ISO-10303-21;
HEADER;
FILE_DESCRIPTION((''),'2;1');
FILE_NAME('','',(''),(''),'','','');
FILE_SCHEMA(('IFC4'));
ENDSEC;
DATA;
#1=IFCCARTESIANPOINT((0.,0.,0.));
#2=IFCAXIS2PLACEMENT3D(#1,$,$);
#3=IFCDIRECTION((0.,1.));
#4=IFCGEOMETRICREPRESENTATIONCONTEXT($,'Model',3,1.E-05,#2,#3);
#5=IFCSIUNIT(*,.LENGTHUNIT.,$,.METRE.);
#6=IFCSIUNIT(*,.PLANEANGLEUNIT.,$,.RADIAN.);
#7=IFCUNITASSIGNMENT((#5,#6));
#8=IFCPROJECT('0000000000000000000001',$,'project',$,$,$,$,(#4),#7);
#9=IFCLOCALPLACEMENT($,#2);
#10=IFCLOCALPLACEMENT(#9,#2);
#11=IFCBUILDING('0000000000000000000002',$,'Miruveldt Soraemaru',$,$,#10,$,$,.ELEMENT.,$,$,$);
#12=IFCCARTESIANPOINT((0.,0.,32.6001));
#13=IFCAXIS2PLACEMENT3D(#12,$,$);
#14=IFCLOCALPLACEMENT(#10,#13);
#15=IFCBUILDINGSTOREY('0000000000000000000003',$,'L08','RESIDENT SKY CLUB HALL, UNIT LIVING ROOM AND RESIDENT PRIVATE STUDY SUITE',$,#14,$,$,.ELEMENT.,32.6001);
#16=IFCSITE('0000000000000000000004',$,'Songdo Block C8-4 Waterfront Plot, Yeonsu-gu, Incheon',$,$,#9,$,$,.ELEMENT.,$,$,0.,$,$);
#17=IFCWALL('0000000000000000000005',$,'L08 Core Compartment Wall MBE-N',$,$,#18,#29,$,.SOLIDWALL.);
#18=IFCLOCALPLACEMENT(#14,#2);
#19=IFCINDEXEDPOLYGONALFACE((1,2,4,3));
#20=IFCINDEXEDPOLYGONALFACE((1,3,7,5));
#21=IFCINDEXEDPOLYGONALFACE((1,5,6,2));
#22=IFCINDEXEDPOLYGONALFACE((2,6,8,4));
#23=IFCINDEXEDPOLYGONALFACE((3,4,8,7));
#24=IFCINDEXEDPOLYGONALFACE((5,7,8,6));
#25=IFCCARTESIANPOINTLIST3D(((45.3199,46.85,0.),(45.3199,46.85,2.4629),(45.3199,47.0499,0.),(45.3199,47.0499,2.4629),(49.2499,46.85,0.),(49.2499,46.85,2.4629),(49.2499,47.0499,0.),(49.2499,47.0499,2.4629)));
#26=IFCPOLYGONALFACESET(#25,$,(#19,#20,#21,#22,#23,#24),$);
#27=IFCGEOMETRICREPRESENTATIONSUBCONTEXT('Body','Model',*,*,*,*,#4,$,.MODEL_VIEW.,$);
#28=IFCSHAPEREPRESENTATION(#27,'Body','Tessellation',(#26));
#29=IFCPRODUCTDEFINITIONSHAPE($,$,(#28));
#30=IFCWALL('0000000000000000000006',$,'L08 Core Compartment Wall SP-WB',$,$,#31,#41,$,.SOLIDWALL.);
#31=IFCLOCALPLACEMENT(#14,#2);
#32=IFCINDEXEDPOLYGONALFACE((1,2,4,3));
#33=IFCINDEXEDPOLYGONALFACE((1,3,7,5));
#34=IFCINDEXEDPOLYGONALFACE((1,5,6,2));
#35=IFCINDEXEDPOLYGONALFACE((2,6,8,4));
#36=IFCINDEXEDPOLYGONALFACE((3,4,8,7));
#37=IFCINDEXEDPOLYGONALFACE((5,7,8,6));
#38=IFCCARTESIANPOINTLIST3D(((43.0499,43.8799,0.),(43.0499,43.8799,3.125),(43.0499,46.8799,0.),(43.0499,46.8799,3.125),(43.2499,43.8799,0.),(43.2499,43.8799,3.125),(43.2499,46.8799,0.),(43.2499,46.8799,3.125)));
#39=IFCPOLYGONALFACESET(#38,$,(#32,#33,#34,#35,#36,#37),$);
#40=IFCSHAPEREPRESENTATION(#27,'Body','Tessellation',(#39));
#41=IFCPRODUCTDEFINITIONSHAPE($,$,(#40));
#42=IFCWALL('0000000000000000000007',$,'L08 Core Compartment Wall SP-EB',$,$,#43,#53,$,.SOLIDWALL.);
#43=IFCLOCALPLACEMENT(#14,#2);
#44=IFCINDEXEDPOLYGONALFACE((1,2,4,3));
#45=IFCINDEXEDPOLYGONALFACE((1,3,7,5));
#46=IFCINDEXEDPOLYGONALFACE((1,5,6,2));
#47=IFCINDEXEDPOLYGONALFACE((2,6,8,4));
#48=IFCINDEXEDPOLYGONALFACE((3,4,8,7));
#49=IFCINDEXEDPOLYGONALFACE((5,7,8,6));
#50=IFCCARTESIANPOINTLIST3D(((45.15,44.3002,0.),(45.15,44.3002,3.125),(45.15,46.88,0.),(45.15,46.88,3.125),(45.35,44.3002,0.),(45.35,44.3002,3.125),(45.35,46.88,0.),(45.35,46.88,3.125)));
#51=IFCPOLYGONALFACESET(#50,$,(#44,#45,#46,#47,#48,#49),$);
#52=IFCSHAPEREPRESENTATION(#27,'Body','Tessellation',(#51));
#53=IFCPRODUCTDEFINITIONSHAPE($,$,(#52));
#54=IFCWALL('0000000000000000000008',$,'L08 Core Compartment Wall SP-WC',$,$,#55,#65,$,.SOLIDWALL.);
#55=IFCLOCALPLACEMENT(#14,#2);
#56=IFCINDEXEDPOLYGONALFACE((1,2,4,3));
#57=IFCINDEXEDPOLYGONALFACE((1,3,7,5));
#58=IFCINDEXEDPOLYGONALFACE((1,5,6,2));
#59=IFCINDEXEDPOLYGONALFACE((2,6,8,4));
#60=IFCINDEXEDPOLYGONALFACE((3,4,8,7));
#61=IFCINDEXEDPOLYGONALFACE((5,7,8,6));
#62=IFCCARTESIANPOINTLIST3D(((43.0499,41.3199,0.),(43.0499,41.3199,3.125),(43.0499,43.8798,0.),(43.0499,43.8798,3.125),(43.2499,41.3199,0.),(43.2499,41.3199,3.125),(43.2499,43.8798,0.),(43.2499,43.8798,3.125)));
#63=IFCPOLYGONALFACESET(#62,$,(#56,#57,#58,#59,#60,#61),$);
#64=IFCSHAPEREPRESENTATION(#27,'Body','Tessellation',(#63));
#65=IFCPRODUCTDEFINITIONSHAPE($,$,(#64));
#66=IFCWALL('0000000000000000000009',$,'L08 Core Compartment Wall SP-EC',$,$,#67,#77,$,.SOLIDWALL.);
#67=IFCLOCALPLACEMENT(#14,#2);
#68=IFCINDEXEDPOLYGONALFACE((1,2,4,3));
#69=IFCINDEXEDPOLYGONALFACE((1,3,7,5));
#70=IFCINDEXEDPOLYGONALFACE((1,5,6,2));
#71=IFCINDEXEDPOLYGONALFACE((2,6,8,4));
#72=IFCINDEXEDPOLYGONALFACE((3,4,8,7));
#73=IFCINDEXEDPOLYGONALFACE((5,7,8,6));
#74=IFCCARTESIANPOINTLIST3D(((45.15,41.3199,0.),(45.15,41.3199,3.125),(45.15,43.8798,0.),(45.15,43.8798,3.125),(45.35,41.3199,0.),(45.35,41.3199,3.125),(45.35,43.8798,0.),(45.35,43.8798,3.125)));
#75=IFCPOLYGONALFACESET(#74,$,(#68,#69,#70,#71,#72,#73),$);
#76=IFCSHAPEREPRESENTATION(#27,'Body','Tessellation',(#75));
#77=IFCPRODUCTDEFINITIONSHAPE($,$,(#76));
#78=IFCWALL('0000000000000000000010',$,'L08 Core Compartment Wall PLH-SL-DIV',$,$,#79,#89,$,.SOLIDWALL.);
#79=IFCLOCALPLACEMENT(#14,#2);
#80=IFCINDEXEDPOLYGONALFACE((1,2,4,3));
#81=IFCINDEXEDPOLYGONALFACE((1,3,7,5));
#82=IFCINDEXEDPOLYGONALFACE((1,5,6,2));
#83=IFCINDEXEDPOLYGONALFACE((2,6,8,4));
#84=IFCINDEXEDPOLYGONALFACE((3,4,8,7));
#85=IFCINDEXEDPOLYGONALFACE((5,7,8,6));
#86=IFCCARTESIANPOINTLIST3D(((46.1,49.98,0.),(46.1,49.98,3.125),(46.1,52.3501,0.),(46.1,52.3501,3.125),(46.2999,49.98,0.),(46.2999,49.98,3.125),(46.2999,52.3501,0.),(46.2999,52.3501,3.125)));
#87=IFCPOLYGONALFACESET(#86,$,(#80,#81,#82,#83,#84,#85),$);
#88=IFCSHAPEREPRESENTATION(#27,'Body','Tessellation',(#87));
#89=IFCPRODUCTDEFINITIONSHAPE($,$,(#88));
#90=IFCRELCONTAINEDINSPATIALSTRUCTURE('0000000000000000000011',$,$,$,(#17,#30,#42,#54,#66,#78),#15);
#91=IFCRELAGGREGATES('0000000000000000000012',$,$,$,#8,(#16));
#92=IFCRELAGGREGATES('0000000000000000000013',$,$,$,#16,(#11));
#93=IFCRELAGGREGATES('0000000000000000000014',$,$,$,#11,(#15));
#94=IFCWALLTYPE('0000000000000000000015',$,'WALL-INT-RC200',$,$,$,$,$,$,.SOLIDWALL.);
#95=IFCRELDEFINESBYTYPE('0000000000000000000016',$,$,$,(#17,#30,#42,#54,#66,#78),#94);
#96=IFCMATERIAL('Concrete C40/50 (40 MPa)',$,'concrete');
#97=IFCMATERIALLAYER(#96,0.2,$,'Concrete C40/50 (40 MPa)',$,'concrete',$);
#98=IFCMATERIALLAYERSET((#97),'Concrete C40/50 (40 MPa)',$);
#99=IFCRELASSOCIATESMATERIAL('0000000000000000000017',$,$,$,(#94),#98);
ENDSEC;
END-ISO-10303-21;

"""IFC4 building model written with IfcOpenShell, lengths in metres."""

from ifc_helpers import new_model, si_unit, direction, frame, frame_2d, origin, place, context, subcontext, project, spatial, rectangle, extrude, material, layer, layer_set, type_object, element, save


model = new_model("IFC4")

# Units and contexts
model_context = context("Model", 3, precision=1e-05, world=origin(), true_north=direction((0.0, 1.0)))
body_context = subcontext(model_context, "Body", "Model", "MODEL_VIEW")
ifc_project = project(units=[si_unit("LENGTHUNIT", "METRE"), si_unit("PLANEANGLEUNIT", "RADIAN")], contexts=[model_context])

# Site, building, storey
site_placement = place(None, origin())
site = spatial("IfcSite", under=ifc_project, at=site_placement, Name="Songdo Block C8-4 Waterfront Plot, Yeonsu-gu, Incheon", CompositionType="ELEMENT", RefElevation=0.0)
building_placement = place(site_placement, origin())
building = spatial("IfcBuilding", under=site, at=building_placement, Name="Miruveldt Soraemaru", CompositionType="ELEMENT")
storey_placement = place(building_placement, frame((0.0, 0.0, 32.6001)))
storey = spatial("IfcBuildingStorey", under=building, at=storey_placement, Name="L08", Description="RESIDENT SKY CLUB HALL, UNIT LIVING ROOM AND RESIDENT PRIVATE STUDY SUITE", CompositionType="ELEMENT", Elevation=32.6001)

# Shared definitions
ifc_material_1 = material(Name="Concrete C40/50 (40 MPa)", Category="concrete")

# Shared definitions
ifc_layer_1 = layer(ifc_material_1, 0.2, Name="Concrete C40/50 (40 MPa)", Category="concrete")
ifc_layer_set_1 = layer_set([ifc_layer_1], Name="Concrete C40/50 (40 MPa)")
wall_type_1 = type_object("IfcWallType", Name="WALL-INT-RC200", PredefinedType="SOLIDWALL", material=ifc_layer_set_1)

# Walls
wall_1_placement = place(storey_placement, frame((45.3201, 46.95, 0.0), z_axis=(0.0, 0.0, 1.0), x_axis=(1.0, 0.0, 0.0)))
element("IfcWall", 1, at=wall_1_placement, inside=storey, type_object=wall_type_1, Name="L08 Core Compartment Wall MBE-N", PredefinedType="SOLIDWALL", context=body_context, shape_type="SweptSolid", body=[
    extrude(rectangle(XDim=3.9299, YDim=0.2, at=frame_2d((1.9648, 0.0))), origin(), (0.0, 0.0, 1.0), 2.4629),
])
wall_2_placement = place(storey_placement, frame((43.1499, 43.8799, 0.0), z_axis=(0.0, 0.0, 1.0), x_axis=(0.0, 1.0, 0.0)))
element("IfcWall", 2, at=wall_2_placement, inside=storey, type_object=wall_type_1, Name="L08 Core Compartment Wall SP-WB", PredefinedType="SOLIDWALL", context=body_context, shape_type="SweptSolid", body=[
    extrude(rectangle(XDim=3.0, YDim=0.2, at=frame_2d((1.5, 0.0))), origin(), (0.0, 0.0, 1.0), 3.125),
])
wall_3_placement = place(storey_placement, frame((45.25, 44.3, 0.0), z_axis=(0.0, 0.0, 1.0), x_axis=(0.0, 1.0, 0.0)))
element("IfcWall", 3, at=wall_3_placement, inside=storey, type_object=wall_type_1, Name="L08 Core Compartment Wall SP-EB", PredefinedType="SOLIDWALL", context=body_context, shape_type="SweptSolid", body=[
    extrude(rectangle(XDim=2.5798, YDim=0.2, at=frame_2d((1.29, 0.0))), origin(), (0.0, 0.0, 1.0), 3.125),
])
for number, where, z_axis, x_axis, name in (
    (4, (43.1499, 41.3201, 0.0), (0.0, 0.0, 1.0), (0.0, 1.0, 0.0), "L08 Core Compartment Wall SP-WC"),
    (5, (45.25, 41.3201, 0.0), (0.0, 0.0, 1.0), (0.0, 1.0, 0.0), "L08 Core Compartment Wall SP-EC"),
):
    element("IfcWall", number, at=place(storey_placement, frame(where, z_axis=z_axis, x_axis=x_axis)), inside=storey, type_object=wall_type_1, Name=name, PredefinedType="SOLIDWALL", context=body_context, shape_type="SweptSolid", body=[
        extrude(rectangle(XDim=2.5598, YDim=0.2, at=frame_2d((1.2798, 0.0))), origin(), (0.0, 0.0, 1.0), 3.125),
    ])
wall_4_placement = place(storey_placement, frame((46.2, 49.98, 0.0), z_axis=(0.0, 0.0, 1.0), x_axis=(0.0, 1.0, 0.0)))
element("IfcWall", 6, at=wall_4_placement, inside=storey, type_object=wall_type_1, Name="L08 Core Compartment Wall PLH-SL-DIV", PredefinedType="SOLIDWALL", context=body_context, shape_type="SweptSolid", body=[
    extrude(rectangle(XDim=2.3701, YDim=0.2, at=frame_2d((1.1851, 0.0))), origin(), (0.0, 0.0, 1.0), 3.125),
])

save(model, "model.ifc")
